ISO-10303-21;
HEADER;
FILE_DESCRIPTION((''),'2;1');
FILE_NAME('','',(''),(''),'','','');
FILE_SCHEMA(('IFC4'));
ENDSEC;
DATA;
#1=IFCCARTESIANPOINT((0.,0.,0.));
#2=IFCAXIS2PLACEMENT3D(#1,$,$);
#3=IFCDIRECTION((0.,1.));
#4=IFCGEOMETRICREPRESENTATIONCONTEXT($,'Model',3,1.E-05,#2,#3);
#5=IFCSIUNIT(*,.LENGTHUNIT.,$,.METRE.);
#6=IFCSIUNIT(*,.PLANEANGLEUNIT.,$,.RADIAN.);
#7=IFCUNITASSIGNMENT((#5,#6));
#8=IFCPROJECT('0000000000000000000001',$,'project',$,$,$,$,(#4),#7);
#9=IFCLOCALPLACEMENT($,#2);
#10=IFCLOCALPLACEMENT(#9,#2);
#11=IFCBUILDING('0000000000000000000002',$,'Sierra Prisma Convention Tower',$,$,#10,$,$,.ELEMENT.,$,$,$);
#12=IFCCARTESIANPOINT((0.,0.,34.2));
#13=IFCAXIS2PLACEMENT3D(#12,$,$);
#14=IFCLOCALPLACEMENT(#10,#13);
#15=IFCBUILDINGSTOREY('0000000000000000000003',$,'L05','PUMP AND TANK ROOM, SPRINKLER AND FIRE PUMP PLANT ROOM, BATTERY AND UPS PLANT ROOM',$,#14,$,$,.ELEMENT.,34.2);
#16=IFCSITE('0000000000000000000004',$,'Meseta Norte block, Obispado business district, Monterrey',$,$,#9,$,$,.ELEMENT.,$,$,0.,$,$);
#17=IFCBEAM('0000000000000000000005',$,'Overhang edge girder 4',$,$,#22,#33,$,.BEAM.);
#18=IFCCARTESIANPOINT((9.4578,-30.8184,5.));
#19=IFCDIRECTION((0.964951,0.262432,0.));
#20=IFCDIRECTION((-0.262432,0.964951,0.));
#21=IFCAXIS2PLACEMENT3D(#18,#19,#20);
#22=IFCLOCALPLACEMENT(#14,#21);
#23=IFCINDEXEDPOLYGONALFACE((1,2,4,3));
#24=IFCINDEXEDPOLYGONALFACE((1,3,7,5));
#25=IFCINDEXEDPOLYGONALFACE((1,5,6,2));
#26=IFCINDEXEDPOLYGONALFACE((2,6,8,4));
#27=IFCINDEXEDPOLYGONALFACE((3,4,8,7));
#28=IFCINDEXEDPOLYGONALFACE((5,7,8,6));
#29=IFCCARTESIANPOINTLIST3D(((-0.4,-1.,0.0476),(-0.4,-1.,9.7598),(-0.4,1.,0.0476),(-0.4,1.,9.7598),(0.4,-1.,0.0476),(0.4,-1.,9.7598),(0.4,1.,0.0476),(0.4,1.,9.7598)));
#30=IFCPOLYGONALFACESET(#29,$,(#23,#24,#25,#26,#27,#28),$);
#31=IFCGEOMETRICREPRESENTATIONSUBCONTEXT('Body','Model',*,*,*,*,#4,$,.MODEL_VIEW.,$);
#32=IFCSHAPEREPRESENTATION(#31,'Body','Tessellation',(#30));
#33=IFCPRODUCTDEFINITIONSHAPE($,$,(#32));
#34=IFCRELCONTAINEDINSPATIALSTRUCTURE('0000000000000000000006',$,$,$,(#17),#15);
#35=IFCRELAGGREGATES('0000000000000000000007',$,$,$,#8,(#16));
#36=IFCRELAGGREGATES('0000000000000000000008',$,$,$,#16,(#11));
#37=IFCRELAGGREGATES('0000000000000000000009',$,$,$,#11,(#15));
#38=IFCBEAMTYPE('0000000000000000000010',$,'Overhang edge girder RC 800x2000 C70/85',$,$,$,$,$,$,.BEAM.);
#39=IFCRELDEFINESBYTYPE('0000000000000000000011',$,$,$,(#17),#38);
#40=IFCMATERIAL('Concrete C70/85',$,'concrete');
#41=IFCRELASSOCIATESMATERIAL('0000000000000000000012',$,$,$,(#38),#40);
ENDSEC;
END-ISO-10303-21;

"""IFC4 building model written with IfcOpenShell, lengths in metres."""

from ifc_helpers import new_model, si_unit, direction, frame, origin, origin_2d, place, context, subcontext, project, spatial, rectangle, extrude, clip, halfspace, material, material_profile, profile_set, type_object, element, save


model = new_model("IFC4")

# Units and contexts
model_context = context("Model", 3, precision=1e-05, world=origin(), true_north=direction((0.0, 1.0)))
body_context = subcontext(model_context, "Body", "Model", "MODEL_VIEW")
ifc_project = project(units=[si_unit("LENGTHUNIT", "METRE"), si_unit("PLANEANGLEUNIT", "RADIAN")], contexts=[model_context])

# Site, building, storey
site_placement = place(None, origin())
site = spatial("IfcSite", under=ifc_project, at=site_placement, Name="Meseta Norte block, Obispado business district, Monterrey", CompositionType="ELEMENT", RefElevation=0.0)
building_placement = place(site_placement, origin())
building = spatial("IfcBuilding", under=site, at=building_placement, Name="Sierra Prisma Convention Tower", CompositionType="ELEMENT")
storey_placement = place(building_placement, frame((0.0, 0.0, 34.2)))
storey = spatial("IfcBuildingStorey", under=building, at=storey_placement, Name="L05", Description="PUMP AND TANK ROOM, SPRINKLER AND FIRE PUMP PLANT ROOM, BATTERY AND UPS PLANT ROOM", CompositionType="ELEMENT", Elevation=34.2)

# Beam
ifc_material_1 = material(Name="Concrete C70/85", Category="concrete")
ifc_material_profile_1 = material_profile(ifc_material_1, rectangle(XDim=0.8, YDim=2.0, at=origin_2d()), Name="Overhang edge girder RC 800x2000 C70/85")
ifc_profile_set_1 = profile_set([ifc_material_profile_1], Name="Concrete C70/85")
beam_type_1 = type_object("IfcBeamType", Name="Overhang edge girder RC 800x2000 C70/85", PredefinedType="BEAM", material=ifc_profile_set_1)
beam_1_placement = place(storey_placement, frame((9.4578, -30.8184, 5.0), z_axis=(0.964951, 0.262432, 0.0), x_axis=(-0.262432, 0.964951, 0.0)))
element("IfcBeam", 1, at=beam_1_placement, inside=storey, type_object=beam_type_1, Name="Overhang edge girder 4", PredefinedType="BEAM", context=body_context, shape_type="SweptSolid", body=[
    clip(extrude(rectangle(XDim=0.8, YDim=2.0, at=origin_2d()), origin(), (0.0, 0.0, 1.0), 9.7598), halfspace(frame((0.0, 0.0, 0.0476)), True)),
])

save(model, "model.ifc")
